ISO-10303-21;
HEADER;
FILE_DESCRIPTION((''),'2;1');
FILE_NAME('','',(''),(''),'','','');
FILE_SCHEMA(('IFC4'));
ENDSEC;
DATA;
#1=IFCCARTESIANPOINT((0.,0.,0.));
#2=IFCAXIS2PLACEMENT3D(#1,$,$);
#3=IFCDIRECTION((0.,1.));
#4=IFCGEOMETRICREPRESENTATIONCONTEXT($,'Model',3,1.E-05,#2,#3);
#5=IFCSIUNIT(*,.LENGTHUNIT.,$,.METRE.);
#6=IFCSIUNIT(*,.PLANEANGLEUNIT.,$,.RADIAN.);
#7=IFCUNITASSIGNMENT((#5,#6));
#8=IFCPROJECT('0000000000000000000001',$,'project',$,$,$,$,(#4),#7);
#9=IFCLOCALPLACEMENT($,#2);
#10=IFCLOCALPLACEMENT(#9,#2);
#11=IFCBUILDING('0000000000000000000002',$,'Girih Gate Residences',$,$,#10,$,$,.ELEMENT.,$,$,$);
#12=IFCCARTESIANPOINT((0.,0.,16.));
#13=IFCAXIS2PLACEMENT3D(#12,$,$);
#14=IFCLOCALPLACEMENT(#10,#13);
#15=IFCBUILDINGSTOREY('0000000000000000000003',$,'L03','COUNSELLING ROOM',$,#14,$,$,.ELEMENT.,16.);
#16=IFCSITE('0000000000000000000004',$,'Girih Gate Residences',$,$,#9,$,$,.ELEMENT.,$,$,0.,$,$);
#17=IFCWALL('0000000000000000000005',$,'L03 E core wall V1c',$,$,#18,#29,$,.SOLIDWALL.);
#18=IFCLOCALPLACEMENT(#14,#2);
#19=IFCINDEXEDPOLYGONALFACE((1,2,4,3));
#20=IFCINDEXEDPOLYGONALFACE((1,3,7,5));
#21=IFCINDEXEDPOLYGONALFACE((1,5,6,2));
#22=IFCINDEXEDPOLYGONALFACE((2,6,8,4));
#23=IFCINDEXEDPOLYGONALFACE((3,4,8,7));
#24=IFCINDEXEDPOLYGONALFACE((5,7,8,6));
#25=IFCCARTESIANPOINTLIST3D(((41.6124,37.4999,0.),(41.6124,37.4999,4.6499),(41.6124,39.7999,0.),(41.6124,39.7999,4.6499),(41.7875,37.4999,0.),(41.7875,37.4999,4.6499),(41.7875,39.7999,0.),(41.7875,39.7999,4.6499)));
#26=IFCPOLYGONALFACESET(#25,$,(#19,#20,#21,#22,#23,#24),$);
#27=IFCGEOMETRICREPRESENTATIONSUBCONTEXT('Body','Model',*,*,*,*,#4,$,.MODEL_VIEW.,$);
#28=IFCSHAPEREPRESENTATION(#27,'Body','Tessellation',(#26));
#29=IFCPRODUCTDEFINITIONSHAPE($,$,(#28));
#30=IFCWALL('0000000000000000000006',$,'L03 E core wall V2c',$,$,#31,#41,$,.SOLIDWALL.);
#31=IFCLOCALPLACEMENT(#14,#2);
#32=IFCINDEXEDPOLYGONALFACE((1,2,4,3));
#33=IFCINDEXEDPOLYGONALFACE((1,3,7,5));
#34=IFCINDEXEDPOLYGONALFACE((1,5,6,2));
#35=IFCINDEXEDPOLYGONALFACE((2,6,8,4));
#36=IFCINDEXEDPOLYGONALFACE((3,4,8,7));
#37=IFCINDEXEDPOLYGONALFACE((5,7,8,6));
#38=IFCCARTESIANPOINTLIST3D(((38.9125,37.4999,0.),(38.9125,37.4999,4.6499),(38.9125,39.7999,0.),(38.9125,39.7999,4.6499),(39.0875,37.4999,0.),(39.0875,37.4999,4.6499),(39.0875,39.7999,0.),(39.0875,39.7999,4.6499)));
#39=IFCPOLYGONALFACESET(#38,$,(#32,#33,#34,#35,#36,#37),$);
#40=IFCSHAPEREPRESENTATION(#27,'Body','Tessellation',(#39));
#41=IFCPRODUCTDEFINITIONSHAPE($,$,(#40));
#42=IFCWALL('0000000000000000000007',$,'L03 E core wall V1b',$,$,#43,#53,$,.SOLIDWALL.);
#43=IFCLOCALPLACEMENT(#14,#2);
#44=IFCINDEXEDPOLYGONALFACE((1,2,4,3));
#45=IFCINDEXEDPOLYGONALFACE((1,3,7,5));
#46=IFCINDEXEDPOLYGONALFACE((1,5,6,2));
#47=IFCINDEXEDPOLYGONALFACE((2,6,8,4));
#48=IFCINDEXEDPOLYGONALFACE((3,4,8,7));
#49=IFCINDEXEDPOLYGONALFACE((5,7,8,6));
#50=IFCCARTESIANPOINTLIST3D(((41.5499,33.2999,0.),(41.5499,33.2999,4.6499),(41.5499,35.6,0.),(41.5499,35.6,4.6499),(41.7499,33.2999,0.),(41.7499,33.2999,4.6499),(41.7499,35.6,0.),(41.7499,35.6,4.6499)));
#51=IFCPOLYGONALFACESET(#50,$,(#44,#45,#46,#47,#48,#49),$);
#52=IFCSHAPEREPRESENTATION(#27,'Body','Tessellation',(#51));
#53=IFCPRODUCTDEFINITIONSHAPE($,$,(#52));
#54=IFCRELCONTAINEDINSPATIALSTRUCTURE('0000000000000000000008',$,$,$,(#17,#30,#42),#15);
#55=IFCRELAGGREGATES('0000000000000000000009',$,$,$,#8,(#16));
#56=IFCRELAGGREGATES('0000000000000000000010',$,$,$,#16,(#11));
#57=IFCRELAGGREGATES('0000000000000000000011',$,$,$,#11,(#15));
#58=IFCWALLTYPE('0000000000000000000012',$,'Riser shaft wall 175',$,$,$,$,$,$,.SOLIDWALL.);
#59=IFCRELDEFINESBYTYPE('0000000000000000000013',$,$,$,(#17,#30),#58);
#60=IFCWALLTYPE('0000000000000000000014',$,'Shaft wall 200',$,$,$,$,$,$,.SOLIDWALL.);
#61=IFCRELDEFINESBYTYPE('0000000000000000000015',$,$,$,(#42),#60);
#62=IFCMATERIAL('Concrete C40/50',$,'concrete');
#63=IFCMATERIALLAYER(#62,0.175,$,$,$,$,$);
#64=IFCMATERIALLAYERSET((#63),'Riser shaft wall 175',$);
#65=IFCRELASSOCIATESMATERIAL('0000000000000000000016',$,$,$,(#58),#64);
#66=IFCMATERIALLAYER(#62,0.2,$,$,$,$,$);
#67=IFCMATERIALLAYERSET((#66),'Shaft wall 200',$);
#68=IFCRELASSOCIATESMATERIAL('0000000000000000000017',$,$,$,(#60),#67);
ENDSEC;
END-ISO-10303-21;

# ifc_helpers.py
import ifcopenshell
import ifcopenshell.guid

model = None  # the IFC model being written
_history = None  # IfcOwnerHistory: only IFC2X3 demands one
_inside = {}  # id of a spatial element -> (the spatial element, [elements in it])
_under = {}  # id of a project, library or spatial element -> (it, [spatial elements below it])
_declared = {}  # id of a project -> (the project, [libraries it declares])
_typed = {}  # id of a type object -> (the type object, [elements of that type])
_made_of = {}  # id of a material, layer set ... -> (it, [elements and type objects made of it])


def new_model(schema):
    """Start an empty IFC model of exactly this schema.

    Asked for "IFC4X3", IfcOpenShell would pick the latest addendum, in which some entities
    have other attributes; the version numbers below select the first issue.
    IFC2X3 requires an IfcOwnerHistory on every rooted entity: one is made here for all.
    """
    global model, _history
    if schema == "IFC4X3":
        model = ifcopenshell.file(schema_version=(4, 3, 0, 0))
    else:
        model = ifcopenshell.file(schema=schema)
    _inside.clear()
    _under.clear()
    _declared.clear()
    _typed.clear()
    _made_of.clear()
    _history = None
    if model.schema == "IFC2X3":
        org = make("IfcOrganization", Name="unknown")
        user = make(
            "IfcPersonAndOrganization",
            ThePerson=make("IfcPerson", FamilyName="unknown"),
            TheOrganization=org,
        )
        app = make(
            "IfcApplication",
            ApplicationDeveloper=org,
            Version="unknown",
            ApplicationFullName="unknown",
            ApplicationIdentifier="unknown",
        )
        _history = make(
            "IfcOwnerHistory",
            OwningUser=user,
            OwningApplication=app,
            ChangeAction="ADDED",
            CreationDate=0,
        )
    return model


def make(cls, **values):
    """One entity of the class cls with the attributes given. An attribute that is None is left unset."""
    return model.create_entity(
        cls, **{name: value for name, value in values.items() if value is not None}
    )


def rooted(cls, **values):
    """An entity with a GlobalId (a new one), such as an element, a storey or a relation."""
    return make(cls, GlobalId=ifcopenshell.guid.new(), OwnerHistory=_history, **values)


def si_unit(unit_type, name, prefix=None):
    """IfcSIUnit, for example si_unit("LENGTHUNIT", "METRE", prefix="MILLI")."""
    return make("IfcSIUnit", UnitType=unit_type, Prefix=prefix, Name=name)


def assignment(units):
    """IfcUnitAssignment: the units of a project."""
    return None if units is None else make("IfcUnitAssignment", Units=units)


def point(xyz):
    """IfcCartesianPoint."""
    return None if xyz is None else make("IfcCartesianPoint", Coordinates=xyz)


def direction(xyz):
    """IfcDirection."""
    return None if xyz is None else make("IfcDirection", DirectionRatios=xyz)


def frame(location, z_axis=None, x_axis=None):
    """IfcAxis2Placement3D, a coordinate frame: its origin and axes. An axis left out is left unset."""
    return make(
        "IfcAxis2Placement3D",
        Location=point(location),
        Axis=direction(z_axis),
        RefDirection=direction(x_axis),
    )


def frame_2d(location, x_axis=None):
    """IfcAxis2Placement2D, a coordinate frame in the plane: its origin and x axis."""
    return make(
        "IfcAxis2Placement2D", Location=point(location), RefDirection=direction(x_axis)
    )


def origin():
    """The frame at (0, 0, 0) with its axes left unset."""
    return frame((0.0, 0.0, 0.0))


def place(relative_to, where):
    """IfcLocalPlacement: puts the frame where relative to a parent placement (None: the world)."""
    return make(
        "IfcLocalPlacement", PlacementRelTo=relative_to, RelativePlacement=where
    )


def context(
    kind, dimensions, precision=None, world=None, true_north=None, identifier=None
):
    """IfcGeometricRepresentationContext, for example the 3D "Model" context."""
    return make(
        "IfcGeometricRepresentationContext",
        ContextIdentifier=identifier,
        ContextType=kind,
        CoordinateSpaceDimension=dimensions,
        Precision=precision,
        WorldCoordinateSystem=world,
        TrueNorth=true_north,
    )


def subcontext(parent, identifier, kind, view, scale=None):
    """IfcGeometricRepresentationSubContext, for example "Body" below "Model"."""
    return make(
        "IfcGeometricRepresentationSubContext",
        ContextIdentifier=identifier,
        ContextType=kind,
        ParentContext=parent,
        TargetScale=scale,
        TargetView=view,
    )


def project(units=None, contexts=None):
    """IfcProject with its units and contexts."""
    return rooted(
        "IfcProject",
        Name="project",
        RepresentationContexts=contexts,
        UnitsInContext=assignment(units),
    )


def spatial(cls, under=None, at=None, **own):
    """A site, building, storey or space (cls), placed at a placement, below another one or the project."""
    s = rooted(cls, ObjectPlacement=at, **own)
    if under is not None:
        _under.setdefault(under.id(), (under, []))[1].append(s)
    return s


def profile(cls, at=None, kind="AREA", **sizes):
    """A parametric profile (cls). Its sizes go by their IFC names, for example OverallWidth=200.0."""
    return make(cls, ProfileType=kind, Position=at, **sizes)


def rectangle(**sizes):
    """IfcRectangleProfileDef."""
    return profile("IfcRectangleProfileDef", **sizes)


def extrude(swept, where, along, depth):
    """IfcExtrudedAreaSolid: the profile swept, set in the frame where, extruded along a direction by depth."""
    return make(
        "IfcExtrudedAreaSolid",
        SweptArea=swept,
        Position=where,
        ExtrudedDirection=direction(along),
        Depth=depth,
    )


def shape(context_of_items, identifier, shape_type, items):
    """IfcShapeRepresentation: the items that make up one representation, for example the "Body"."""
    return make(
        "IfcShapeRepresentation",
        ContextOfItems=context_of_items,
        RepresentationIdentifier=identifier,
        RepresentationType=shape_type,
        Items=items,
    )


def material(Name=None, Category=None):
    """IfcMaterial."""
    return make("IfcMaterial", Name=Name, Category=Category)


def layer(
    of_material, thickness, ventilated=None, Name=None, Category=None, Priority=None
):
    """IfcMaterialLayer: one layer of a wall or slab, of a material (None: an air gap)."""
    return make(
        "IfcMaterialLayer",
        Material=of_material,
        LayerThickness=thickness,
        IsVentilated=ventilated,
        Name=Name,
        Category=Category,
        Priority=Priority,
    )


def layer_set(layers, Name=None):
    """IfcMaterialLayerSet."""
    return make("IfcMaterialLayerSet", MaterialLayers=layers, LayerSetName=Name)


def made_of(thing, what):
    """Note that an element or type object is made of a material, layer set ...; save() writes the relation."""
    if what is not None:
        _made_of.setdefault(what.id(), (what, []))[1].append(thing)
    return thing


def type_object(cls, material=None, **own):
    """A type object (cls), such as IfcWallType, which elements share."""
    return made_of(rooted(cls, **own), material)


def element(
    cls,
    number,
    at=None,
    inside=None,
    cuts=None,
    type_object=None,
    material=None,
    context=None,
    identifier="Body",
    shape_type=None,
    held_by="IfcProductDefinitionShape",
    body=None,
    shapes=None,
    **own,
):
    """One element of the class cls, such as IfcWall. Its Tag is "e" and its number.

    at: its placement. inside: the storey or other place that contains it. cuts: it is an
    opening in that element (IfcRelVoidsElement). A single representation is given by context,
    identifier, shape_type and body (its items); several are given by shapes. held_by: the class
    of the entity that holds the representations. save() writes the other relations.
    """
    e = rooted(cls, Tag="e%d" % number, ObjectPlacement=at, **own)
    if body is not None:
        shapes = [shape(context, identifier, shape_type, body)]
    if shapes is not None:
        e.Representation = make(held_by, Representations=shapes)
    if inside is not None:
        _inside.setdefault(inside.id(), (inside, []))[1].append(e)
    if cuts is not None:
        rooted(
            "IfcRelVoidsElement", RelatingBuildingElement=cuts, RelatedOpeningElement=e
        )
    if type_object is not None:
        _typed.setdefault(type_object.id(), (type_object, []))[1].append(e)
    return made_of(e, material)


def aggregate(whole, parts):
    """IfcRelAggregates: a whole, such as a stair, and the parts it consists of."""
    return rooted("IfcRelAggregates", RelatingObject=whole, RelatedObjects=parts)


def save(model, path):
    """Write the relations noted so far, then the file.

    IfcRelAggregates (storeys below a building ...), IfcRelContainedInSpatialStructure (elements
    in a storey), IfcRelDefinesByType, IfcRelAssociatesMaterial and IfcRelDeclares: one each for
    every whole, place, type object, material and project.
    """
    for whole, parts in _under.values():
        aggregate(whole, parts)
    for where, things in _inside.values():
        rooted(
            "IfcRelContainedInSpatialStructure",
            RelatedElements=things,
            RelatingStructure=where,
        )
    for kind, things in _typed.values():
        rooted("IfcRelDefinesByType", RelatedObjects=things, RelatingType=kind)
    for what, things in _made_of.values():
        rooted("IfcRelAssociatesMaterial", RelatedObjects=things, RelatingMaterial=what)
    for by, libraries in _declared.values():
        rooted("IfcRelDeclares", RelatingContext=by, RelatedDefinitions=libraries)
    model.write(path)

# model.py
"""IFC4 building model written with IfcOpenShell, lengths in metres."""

from ifc_helpers import new_model, si_unit, direction, frame, frame_2d, origin, place, context, subcontext, project, spatial, rectangle, extrude, material, layer, layer_set, type_object, element, save


model = new_model("IFC4")

# Units and contexts
model_context = context("Model", 3, precision=1e-05, world=origin(), true_north=direction((0.0, 1.0)))
body_context = subcontext(model_context, "Body", "Model", "MODEL_VIEW")
ifc_project = project(units=[si_unit("LENGTHUNIT", "METRE"), si_unit("PLANEANGLEUNIT", "RADIAN")], contexts=[model_context])

# Site, building, storey
site_placement = place(None, origin())
site = spatial("IfcSite", under=ifc_project, at=site_placement, Name="Girih Gate Residences", CompositionType="ELEMENT", RefElevation=0.0)
building_placement = place(site_placement, origin())
building = spatial("IfcBuilding", under=site, at=building_placement, Name="Girih Gate Residences", CompositionType="ELEMENT")
storey_placement = place(building_placement, frame((0.0, 0.0, 16.0)))
storey = spatial("IfcBuildingStorey", under=building, at=storey_placement, Name="L03", Description="COUNSELLING ROOM", CompositionType="ELEMENT", Elevation=16.0)

# Shared definitions
ifc_material_1 = material(Name="Concrete C40/50", Category="concrete")

# Walls
ifc_layer_1 = layer(ifc_material_1, 0.175)
ifc_layer_set_1 = layer_set([ifc_layer_1], Name="Riser shaft wall 175")
wall_type_1 = type_object("IfcWallType", Name="Riser shaft wall 175", PredefinedType="SOLIDWALL", material=ifc_layer_set_1)
for number, where, z_axis, x_axis, name in (
    (1, (41.7, 37.5, 0.0), (0.0, 0.0, 1.0), (0.0, 1.0, 0.0), "L03 E core wall V1c"),
    (2, (39.0, 37.5, 0.0), (0.0, 0.0, 1.0), (0.0, 1.0, 0.0), "L03 E core wall V2c"),
):
    element("IfcWall", number, at=place(storey_placement, frame(where, z_axis=z_axis, x_axis=x_axis)), inside=storey, type_object=wall_type_1, Name=name, PredefinedType="SOLIDWALL", context=body_context, shape_type="SweptSolid", body=[
        extrude(rectangle(XDim=2.3, YDim=0.175, at=frame_2d((1.1499, 0.0))), origin(), (0.0, 0.0, 1.0), 4.6499),
    ])
ifc_layer_2 = layer(ifc_material_1, 0.2)
ifc_layer_set_2 = layer_set([ifc_layer_2], Name="Shaft wall 200")
wall_type_2 = type_object("IfcWallType", Name="Shaft wall 200", PredefinedType="SOLIDWALL", material=ifc_layer_set_2)
wall_1_placement = place(storey_placement, frame((41.6499, 33.3, 0.0), z_axis=(0.0, 0.0, 1.0), x_axis=(0.0, 1.0, 0.0)))
element("IfcWall", 3, at=wall_1_placement, inside=storey, type_object=wall_type_2, Name="L03 E core wall V1b", PredefinedType="SOLIDWALL", context=body_context, shape_type="SweptSolid", body=[
    extrude(rectangle(XDim=2.3, YDim=0.2, at=frame_2d((1.1499, 0.0))), origin(), (0.0, 0.0, 1.0), 4.6499),
])

save(model, "model.ifc")
